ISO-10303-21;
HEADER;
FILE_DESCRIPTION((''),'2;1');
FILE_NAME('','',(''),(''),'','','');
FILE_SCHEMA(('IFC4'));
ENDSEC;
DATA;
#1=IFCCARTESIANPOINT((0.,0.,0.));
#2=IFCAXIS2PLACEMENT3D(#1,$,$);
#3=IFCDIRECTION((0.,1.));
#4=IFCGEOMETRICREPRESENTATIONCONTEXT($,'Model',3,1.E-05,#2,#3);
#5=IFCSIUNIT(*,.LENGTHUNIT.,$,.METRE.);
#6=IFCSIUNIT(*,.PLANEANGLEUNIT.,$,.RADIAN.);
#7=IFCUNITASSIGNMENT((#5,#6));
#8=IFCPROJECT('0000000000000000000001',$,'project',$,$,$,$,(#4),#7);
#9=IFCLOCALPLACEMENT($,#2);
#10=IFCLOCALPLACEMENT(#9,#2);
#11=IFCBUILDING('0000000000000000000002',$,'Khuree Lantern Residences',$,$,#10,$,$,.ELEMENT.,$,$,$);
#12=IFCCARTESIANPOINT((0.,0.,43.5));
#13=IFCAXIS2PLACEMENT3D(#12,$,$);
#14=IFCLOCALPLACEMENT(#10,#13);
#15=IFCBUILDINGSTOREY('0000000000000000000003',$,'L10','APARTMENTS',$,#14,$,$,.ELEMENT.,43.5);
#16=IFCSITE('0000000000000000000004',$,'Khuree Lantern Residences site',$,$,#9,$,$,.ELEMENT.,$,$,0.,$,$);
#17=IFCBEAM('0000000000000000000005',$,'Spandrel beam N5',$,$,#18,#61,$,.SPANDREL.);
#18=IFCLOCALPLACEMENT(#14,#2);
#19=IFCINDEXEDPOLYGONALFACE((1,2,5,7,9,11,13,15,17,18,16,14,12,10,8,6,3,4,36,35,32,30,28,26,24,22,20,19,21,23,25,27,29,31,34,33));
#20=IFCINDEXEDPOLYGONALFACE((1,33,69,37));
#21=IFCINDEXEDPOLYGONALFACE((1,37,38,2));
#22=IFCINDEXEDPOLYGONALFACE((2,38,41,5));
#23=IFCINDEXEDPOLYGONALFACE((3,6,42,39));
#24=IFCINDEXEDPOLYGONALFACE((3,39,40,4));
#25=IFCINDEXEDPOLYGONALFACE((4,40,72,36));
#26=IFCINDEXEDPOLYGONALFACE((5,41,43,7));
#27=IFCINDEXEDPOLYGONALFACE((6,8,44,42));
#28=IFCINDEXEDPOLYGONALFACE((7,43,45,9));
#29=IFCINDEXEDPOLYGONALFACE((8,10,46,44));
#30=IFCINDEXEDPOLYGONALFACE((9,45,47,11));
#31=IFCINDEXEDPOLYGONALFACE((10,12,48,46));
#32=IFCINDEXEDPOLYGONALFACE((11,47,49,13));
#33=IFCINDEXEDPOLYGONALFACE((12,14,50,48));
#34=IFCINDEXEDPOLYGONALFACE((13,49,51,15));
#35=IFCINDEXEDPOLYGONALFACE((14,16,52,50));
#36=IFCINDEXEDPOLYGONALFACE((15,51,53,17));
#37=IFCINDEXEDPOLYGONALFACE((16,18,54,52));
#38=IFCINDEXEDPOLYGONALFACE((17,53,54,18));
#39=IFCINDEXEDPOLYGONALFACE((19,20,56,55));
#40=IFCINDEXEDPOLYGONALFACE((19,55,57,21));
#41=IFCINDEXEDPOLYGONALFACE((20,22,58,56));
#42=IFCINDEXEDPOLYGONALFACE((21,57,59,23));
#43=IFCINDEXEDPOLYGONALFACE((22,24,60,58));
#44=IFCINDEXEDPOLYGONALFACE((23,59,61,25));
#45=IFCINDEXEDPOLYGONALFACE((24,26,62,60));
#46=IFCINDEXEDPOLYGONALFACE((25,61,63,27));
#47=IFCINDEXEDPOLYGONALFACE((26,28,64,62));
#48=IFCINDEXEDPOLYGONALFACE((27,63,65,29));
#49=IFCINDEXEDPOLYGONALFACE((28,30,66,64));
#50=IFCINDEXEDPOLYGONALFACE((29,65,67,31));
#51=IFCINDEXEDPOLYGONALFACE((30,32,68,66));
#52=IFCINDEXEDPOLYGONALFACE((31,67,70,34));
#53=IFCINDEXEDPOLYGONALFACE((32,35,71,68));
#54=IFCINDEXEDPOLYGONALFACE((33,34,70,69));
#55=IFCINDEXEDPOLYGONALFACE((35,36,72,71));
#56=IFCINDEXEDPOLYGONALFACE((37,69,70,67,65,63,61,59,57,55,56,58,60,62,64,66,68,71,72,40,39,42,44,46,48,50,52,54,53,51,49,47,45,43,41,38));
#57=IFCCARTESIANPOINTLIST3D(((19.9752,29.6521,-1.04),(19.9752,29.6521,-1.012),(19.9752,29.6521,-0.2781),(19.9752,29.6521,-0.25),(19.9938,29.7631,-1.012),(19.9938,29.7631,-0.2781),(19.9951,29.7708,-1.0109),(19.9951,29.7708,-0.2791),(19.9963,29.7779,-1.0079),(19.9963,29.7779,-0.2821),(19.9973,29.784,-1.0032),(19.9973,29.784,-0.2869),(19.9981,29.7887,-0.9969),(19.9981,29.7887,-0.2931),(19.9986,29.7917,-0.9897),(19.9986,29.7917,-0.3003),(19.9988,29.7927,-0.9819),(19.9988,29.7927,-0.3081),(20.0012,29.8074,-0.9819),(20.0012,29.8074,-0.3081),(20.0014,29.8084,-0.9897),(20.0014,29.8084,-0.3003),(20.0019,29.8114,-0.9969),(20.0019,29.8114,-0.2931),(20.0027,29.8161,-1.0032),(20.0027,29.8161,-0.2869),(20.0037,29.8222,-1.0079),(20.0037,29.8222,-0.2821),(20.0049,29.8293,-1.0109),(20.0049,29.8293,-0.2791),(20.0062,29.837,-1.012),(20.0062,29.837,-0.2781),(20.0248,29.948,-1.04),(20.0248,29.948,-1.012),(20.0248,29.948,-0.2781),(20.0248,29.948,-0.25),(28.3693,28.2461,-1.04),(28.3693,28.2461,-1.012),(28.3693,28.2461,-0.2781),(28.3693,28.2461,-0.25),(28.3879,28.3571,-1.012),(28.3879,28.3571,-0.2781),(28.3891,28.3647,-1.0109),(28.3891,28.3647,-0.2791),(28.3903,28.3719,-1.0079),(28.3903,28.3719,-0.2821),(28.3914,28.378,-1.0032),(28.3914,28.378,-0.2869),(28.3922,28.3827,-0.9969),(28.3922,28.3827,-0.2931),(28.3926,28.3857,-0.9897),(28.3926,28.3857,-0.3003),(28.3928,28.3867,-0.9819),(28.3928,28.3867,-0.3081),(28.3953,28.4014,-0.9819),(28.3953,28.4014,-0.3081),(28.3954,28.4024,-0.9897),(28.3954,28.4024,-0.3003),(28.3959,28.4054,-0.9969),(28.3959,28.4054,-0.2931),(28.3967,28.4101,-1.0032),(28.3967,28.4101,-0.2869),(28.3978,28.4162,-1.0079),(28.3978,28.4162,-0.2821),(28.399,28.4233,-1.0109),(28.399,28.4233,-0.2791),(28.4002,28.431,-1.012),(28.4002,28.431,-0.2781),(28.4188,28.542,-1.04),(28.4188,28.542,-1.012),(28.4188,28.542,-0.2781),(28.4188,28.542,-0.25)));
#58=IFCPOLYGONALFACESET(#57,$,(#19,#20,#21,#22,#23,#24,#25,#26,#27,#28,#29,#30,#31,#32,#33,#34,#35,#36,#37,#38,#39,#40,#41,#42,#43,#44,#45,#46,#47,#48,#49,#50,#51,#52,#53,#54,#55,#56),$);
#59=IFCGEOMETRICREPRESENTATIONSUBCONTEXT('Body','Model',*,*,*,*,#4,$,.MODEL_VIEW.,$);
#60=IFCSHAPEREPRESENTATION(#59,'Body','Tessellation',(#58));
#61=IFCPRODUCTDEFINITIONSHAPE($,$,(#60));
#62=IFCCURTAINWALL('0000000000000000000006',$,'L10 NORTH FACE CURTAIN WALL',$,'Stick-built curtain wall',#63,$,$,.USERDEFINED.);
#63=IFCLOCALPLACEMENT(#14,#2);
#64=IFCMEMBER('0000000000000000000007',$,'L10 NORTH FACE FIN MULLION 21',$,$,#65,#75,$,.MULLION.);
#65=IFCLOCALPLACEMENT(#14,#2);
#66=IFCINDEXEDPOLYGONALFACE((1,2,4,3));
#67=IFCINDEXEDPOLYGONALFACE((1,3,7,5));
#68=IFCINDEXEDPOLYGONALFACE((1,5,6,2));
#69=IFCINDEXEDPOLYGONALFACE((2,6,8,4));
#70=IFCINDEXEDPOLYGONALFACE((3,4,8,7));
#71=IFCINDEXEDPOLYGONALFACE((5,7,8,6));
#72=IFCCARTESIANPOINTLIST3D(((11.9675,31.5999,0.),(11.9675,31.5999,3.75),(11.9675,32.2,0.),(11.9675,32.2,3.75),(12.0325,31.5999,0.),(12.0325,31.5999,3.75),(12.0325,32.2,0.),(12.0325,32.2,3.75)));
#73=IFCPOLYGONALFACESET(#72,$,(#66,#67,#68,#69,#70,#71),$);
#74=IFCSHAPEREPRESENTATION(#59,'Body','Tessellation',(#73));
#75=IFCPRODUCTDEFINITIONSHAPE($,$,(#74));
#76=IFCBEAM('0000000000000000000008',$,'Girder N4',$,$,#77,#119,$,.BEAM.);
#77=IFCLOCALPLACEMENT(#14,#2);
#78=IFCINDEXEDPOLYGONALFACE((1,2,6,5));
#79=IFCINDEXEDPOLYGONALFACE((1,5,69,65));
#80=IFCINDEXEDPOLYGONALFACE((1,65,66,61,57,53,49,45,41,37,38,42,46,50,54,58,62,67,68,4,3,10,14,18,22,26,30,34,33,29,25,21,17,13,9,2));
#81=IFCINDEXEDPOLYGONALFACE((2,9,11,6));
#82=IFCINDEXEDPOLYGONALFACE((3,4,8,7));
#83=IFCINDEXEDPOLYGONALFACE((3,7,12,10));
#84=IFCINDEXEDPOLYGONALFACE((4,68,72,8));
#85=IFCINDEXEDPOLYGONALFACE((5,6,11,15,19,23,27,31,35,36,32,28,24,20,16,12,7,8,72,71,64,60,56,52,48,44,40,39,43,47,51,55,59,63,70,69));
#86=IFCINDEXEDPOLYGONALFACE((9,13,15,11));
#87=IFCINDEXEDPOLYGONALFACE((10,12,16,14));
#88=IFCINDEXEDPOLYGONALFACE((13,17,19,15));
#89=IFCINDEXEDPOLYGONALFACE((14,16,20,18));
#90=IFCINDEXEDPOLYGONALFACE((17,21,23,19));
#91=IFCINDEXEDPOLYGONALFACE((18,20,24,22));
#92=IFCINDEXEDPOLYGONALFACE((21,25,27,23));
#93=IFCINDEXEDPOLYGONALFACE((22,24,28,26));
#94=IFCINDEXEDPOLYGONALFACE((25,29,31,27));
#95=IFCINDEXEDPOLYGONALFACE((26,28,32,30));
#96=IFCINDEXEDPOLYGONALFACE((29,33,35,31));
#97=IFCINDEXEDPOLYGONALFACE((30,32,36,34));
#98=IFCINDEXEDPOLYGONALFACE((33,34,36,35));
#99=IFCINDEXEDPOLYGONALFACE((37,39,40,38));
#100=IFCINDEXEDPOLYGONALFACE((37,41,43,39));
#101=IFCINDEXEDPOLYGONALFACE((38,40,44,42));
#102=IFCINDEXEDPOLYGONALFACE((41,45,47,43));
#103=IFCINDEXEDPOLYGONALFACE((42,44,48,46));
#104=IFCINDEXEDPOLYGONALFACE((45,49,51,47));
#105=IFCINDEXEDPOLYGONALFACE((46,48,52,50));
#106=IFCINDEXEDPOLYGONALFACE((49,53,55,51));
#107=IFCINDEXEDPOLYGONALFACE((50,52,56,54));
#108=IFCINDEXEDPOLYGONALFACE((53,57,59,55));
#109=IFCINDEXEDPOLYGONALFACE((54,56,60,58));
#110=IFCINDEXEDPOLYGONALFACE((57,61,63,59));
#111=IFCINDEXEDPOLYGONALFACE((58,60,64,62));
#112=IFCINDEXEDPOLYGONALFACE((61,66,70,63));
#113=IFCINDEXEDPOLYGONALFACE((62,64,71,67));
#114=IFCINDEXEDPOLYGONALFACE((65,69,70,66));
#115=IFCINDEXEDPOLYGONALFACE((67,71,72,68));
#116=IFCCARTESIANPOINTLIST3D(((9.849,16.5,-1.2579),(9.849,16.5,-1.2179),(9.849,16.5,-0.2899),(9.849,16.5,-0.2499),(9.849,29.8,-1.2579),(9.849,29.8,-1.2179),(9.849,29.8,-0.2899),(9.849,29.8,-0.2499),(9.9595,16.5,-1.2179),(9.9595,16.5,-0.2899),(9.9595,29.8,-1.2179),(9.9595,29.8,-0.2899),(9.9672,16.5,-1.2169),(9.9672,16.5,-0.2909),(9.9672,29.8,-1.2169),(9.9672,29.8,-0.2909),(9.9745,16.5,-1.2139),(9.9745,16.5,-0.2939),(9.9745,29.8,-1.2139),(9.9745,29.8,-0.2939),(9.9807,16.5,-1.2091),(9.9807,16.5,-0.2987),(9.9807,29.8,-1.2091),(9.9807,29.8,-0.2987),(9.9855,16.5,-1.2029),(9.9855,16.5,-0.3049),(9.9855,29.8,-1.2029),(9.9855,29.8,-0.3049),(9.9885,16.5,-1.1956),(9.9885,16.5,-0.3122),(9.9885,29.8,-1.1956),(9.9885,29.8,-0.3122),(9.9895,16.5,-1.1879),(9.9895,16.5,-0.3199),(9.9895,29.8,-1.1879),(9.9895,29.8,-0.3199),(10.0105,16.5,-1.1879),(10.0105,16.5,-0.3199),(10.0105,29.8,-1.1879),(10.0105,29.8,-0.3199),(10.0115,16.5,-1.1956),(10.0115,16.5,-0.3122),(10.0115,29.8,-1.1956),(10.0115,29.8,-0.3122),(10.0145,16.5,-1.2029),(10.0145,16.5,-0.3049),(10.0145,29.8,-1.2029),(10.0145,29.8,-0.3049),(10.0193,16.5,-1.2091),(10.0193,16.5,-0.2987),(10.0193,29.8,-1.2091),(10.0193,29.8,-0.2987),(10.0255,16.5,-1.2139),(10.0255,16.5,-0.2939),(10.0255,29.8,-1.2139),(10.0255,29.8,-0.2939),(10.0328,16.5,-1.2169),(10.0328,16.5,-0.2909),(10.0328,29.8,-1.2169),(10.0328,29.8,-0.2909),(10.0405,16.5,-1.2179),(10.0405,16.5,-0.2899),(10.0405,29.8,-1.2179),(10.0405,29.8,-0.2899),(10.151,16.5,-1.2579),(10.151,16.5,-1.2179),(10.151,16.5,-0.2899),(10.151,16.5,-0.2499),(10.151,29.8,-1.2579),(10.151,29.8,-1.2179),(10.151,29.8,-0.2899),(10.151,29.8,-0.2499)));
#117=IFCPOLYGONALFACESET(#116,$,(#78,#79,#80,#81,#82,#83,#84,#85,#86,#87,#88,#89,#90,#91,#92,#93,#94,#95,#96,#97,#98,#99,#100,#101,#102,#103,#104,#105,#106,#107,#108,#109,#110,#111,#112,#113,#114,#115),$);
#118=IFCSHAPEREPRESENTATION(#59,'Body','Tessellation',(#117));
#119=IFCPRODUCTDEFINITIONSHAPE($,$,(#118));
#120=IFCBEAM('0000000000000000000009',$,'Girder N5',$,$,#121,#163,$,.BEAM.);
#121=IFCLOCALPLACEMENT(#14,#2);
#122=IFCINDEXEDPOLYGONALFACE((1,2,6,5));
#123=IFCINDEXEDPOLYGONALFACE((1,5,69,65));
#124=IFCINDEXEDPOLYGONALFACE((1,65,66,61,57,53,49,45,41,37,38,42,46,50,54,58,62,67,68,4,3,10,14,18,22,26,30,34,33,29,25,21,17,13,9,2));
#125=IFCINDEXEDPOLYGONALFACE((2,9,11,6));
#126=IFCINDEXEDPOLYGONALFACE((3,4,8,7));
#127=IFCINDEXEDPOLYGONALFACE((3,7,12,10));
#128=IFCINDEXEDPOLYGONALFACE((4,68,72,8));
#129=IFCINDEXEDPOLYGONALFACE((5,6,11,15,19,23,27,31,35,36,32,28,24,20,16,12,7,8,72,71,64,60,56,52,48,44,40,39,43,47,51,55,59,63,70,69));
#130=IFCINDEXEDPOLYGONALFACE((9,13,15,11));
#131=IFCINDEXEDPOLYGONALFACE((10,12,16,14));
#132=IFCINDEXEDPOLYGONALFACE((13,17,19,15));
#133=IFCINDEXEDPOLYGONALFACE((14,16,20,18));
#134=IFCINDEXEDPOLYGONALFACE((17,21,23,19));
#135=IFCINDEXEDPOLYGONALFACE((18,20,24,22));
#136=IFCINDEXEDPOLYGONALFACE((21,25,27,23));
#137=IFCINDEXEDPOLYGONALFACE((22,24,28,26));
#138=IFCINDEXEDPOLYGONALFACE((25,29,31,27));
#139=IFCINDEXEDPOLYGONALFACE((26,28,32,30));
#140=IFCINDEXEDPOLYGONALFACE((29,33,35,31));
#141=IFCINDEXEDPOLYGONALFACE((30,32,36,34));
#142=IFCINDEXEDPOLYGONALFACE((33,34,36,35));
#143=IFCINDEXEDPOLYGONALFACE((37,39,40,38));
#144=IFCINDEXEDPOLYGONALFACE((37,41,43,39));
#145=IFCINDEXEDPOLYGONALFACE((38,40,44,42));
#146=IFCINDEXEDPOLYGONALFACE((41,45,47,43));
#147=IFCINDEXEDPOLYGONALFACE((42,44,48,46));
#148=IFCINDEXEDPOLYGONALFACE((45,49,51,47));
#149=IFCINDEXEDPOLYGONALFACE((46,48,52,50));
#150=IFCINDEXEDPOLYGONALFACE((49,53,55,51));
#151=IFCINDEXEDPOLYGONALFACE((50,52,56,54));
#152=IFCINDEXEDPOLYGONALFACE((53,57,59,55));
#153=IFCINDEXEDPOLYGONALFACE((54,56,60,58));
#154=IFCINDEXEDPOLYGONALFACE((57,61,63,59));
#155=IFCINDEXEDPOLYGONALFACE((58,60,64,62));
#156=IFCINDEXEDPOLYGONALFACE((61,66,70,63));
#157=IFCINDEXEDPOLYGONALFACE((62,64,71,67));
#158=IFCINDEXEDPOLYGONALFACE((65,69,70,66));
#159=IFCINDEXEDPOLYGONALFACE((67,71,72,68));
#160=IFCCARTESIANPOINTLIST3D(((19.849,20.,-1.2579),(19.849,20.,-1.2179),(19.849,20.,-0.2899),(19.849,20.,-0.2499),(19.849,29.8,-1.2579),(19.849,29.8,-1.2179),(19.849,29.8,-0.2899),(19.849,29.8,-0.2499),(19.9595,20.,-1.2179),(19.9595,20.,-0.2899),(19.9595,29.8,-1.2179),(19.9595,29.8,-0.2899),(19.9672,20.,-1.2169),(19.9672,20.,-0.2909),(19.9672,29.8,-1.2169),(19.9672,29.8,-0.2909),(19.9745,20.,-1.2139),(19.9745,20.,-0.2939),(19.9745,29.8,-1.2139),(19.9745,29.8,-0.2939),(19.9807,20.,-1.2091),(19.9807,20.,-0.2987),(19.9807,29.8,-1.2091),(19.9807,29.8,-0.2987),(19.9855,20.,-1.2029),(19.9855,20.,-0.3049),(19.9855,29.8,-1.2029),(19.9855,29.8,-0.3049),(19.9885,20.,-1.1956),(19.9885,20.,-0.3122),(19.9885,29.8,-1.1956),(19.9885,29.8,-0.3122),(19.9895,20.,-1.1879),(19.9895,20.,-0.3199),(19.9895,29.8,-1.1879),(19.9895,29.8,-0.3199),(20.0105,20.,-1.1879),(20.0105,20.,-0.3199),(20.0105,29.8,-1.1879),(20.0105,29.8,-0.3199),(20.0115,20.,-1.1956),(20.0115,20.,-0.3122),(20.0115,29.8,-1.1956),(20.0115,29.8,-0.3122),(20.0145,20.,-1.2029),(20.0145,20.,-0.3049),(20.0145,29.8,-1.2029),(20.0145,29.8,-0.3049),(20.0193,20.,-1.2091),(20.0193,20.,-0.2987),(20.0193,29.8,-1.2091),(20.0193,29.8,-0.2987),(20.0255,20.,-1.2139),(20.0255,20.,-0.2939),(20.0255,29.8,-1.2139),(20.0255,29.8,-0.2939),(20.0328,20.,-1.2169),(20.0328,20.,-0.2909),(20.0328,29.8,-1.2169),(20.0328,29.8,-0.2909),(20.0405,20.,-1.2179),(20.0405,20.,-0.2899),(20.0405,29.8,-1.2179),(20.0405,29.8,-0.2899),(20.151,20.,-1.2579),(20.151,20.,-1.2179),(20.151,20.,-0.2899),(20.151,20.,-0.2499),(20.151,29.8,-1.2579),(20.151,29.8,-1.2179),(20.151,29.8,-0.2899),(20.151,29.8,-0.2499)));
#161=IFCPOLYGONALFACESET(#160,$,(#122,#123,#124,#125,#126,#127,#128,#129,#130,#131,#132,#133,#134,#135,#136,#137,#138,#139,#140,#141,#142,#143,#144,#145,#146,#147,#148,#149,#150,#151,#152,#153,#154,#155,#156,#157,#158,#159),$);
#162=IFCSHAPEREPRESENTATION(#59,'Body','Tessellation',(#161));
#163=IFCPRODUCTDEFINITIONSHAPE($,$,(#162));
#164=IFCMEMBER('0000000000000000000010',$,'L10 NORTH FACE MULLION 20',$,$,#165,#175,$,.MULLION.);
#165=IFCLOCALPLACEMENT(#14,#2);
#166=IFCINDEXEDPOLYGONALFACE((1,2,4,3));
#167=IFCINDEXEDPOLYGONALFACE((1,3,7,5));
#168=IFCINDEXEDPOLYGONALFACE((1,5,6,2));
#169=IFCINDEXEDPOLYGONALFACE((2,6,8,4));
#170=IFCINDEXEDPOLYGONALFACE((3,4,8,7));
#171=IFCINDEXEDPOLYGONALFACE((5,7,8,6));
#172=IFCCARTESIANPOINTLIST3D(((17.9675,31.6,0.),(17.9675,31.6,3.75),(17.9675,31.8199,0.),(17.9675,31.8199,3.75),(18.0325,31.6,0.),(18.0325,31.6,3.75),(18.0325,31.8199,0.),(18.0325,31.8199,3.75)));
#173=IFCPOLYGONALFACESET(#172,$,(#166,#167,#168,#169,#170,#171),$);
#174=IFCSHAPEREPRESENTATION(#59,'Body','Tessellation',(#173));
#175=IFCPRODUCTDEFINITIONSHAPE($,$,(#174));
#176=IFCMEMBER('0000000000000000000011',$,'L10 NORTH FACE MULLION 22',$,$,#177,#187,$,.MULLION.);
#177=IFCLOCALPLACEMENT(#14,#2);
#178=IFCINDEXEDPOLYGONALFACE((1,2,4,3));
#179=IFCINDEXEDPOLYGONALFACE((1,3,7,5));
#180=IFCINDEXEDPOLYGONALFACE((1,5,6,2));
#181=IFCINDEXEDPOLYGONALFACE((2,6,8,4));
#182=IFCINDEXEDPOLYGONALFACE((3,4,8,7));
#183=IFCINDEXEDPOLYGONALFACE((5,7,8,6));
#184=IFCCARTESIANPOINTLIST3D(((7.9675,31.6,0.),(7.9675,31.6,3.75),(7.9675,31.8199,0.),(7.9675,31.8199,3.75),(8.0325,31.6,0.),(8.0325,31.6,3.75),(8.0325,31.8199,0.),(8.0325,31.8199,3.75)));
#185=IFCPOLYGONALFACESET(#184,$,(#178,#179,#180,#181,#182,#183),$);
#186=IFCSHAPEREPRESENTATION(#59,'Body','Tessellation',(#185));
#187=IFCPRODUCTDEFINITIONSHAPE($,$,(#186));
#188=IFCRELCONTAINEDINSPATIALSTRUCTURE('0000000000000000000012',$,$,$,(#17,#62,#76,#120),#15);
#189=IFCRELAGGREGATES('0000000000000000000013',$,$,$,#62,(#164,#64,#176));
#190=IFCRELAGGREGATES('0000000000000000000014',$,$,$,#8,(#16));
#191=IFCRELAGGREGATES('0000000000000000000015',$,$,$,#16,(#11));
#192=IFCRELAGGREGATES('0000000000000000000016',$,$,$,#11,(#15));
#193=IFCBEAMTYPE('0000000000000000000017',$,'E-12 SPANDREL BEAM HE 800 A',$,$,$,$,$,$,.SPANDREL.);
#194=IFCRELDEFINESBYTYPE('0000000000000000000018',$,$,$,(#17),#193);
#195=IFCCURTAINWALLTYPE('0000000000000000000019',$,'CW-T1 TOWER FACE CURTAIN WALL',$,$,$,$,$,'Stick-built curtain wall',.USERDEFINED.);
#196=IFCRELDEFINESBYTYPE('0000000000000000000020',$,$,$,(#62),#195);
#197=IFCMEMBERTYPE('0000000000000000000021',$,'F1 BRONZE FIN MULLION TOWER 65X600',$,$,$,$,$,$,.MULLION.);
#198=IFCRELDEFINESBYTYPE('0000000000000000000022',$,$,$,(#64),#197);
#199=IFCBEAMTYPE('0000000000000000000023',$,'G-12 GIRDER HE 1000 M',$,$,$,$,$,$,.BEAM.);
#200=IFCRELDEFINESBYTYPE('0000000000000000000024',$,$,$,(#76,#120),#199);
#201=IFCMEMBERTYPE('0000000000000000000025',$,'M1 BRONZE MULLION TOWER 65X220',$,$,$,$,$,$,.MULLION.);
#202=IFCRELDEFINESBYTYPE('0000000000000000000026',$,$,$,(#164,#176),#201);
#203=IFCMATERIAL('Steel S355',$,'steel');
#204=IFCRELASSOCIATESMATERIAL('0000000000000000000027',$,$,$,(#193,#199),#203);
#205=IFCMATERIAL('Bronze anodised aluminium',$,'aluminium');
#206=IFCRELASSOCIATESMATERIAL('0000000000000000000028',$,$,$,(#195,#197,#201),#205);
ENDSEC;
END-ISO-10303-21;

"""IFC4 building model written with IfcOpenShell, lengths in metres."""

from ifc_helpers import new_model, si_unit, direction, frame, origin, origin_2d, place, context, subcontext, project, spatial, rectangle, i_section, extrude, material, material_profile, profile_set, type_object, element, aggregate, save


model = new_model("IFC4")

# Units and contexts
model_context = context("Model", 3, precision=1e-05, world=origin(), true_north=direction((0.0, 1.0)))
body_context = subcontext(model_context, "Body", "Model", "MODEL_VIEW")
ifc_project = project(units=[si_unit("LENGTHUNIT", "METRE"), si_unit("PLANEANGLEUNIT", "RADIAN")], contexts=[model_context])

# Site, building, storey
site_placement = place(None, origin())
site = spatial("IfcSite", under=ifc_project, at=site_placement, Name="Khuree Lantern Residences site", CompositionType="ELEMENT", RefElevation=0.0)
building_placement = place(site_placement, origin())
building = spatial("IfcBuilding", under=site, at=building_placement, Name="Khuree Lantern Residences", CompositionType="ELEMENT")
storey_placement = place(building_placement, frame((0.0, 0.0, 43.5)))
storey = spatial("IfcBuildingStorey", under=building, at=storey_placement, Name="L10", Description="APARTMENTS", CompositionType="ELEMENT", Elevation=43.5)

# Beam
ifc_material_1 = material(Name="Steel S355", Category="steel")
ifc_material_profile_1 = material_profile(ifc_material_1, i_section(OverallWidth=0.3, OverallDepth=0.79, WebThickness=0.0149, FlangeThickness=0.0281, FilletRadius=0.03, at=origin_2d()), Name="HE 800 A")
ifc_profile_set_1 = profile_set([ifc_material_profile_1], Name="Steel S355")
beam_type_1 = type_object("IfcBeamType", Name="E-12 SPANDREL BEAM HE 800 A", PredefinedType="SPANDREL", material=ifc_profile_set_1)
beam_1_placement = place(storey_placement, frame((20.0, 29.8, -0.645), z_axis=(0.98626, -0.165199, 0.0), x_axis=(0.165199, 0.98626, 0.0)))
element("IfcBeam", 1, at=beam_1_placement, inside=storey, type_object=beam_type_1, Name="Spandrel beam N5", PredefinedType="SPANDREL", context=body_context, shape_type="SweptSolid", body=[
    extrude(i_section(OverallWidth=0.3, OverallDepth=0.79, WebThickness=0.0149, FlangeThickness=0.0281, FilletRadius=0.03, at=origin_2d()), origin(), (0.0, 0.0, 1.0), 8.511),
])

# Curtain wall, member
ifc_material_2 = material(Name="Bronze anodised aluminium", Category="aluminium")
curtain_wall_type = type_object("IfcCurtainWallType", Name="CW-T1 TOWER FACE CURTAIN WALL", ElementType="Stick-built curtain wall", PredefinedType="USERDEFINED", material=ifc_material_2)
curtain_wall_placement = place(storey_placement, origin())
curtain_wall = element("IfcCurtainWall", 2, at=curtain_wall_placement, inside=storey, type_object=curtain_wall_type, Name="L10 NORTH FACE CURTAIN WALL", ObjectType="Stick-built curtain wall", PredefinedType="USERDEFINED")
ifc_material_profile_2 = material_profile(ifc_material_2, rectangle(XDim=0.0649, YDim=0.6001, at=origin_2d()), Name="F1 65X600")
ifc_profile_set_2 = profile_set([ifc_material_profile_2], Name="Bronze anodised aluminium")
member_type_1 = type_object("IfcMemberType", Name="F1 BRONZE FIN MULLION TOWER 65X600", PredefinedType="MULLION", material=ifc_profile_set_2)
member_1_placement = place(storey_placement, frame((12.0, 31.8999, 0.0), z_axis=(0.0, 0.0, 1.0), x_axis=(-1.0, 0.0, 0.0)))
member_1 = element("IfcMember", 3, at=member_1_placement, type_object=member_type_1, Name="L10 NORTH FACE FIN MULLION 21", PredefinedType="MULLION", context=body_context, shape_type="SweptSolid", body=[
    extrude(rectangle(XDim=0.0649, YDim=0.6001, at=origin_2d()), origin(), (0.0, 0.0, 1.0), 3.75),
])

# Beams
ifc_material_profile_3 = material_profile(ifc_material_1, i_section(OverallWidth=0.302, OverallDepth=1.0081, WebThickness=0.021, FlangeThickness=0.04, FilletRadius=0.03, at=origin_2d()), Name="HE 1000 M")
ifc_profile_set_3 = profile_set([ifc_material_profile_3], Name="Steel S355")
beam_type_2 = type_object("IfcBeamType", Name="G-12 GIRDER HE 1000 M", PredefinedType="BEAM", material=ifc_profile_set_3)
beam_2_placement = place(storey_placement, frame((10.0, 29.8, -0.7539), z_axis=(0.0, -1.0, 0.0), x_axis=(1.0, 0.0, 0.0)))
element("IfcBeam", 4, at=beam_2_placement, inside=storey, type_object=beam_type_2, Name="Girder N4", PredefinedType="BEAM", context=body_context, shape_type="SweptSolid", body=[
    extrude(i_section(OverallWidth=0.302, OverallDepth=1.0081, WebThickness=0.021, FlangeThickness=0.04, FilletRadius=0.03, at=origin_2d()), origin(), (0.0, 0.0, 1.0), 13.3),
])
beam_3_placement = place(storey_placement, frame((20.0, 29.8, -0.7539), z_axis=(0.0, -1.0, 0.0), x_axis=(1.0, 0.0, 0.0)))
element("IfcBeam", 5, at=beam_3_placement, inside=storey, type_object=beam_type_2, Name="Girder N5", PredefinedType="BEAM", context=body_context, shape_type="SweptSolid", body=[
    extrude(i_section(OverallWidth=0.302, OverallDepth=1.0081, WebThickness=0.021, FlangeThickness=0.04, FilletRadius=0.03, at=origin_2d()), origin(), (0.0, 0.0, 1.0), 9.8),
])

# Members
ifc_material_profile_4 = material_profile(ifc_material_2, rectangle(XDim=0.0649, YDim=0.22, at=origin_2d()), Name="M1 65X220")
ifc_profile_set_4 = profile_set([ifc_material_profile_4], Name="Bronze anodised aluminium")
member_type_2 = type_object("IfcMemberType", Name="M1 BRONZE MULLION TOWER 65X220", PredefinedType="MULLION", material=ifc_profile_set_4)
member_2_placement = place(storey_placement, frame((18.0, 31.71, 0.0), z_axis=(0.0, 0.0, 1.0), x_axis=(-1.0, 0.0, 0.0)))
member_2 = element("IfcMember", 6, at=member_2_placement, type_object=member_type_2, Name="L10 NORTH FACE MULLION 20", PredefinedType="MULLION", context=body_context, shape_type="SweptSolid", body=[
    extrude(rectangle(XDim=0.0649, YDim=0.22, at=origin_2d()), origin(), (0.0, 0.0, 1.0), 3.75),
])
member_3_placement = place(storey_placement, frame((8.0, 31.71, 0.0), z_axis=(0.0, 0.0, 1.0), x_axis=(-1.0, 0.0, 0.0)))
member_3 = element("IfcMember", 7, at=member_3_placement, type_object=member_type_2, Name="L10 NORTH FACE MULLION 22", PredefinedType="MULLION", context=body_context, shape_type="SweptSolid", body=[
    extrude(rectangle(XDim=0.0649, YDim=0.22, at=origin_2d()), origin(), (0.0, 0.0, 1.0), 3.75),
])

aggregate(curtain_wall, [member_2, member_1, member_3])

save(model, "model.ifc")
